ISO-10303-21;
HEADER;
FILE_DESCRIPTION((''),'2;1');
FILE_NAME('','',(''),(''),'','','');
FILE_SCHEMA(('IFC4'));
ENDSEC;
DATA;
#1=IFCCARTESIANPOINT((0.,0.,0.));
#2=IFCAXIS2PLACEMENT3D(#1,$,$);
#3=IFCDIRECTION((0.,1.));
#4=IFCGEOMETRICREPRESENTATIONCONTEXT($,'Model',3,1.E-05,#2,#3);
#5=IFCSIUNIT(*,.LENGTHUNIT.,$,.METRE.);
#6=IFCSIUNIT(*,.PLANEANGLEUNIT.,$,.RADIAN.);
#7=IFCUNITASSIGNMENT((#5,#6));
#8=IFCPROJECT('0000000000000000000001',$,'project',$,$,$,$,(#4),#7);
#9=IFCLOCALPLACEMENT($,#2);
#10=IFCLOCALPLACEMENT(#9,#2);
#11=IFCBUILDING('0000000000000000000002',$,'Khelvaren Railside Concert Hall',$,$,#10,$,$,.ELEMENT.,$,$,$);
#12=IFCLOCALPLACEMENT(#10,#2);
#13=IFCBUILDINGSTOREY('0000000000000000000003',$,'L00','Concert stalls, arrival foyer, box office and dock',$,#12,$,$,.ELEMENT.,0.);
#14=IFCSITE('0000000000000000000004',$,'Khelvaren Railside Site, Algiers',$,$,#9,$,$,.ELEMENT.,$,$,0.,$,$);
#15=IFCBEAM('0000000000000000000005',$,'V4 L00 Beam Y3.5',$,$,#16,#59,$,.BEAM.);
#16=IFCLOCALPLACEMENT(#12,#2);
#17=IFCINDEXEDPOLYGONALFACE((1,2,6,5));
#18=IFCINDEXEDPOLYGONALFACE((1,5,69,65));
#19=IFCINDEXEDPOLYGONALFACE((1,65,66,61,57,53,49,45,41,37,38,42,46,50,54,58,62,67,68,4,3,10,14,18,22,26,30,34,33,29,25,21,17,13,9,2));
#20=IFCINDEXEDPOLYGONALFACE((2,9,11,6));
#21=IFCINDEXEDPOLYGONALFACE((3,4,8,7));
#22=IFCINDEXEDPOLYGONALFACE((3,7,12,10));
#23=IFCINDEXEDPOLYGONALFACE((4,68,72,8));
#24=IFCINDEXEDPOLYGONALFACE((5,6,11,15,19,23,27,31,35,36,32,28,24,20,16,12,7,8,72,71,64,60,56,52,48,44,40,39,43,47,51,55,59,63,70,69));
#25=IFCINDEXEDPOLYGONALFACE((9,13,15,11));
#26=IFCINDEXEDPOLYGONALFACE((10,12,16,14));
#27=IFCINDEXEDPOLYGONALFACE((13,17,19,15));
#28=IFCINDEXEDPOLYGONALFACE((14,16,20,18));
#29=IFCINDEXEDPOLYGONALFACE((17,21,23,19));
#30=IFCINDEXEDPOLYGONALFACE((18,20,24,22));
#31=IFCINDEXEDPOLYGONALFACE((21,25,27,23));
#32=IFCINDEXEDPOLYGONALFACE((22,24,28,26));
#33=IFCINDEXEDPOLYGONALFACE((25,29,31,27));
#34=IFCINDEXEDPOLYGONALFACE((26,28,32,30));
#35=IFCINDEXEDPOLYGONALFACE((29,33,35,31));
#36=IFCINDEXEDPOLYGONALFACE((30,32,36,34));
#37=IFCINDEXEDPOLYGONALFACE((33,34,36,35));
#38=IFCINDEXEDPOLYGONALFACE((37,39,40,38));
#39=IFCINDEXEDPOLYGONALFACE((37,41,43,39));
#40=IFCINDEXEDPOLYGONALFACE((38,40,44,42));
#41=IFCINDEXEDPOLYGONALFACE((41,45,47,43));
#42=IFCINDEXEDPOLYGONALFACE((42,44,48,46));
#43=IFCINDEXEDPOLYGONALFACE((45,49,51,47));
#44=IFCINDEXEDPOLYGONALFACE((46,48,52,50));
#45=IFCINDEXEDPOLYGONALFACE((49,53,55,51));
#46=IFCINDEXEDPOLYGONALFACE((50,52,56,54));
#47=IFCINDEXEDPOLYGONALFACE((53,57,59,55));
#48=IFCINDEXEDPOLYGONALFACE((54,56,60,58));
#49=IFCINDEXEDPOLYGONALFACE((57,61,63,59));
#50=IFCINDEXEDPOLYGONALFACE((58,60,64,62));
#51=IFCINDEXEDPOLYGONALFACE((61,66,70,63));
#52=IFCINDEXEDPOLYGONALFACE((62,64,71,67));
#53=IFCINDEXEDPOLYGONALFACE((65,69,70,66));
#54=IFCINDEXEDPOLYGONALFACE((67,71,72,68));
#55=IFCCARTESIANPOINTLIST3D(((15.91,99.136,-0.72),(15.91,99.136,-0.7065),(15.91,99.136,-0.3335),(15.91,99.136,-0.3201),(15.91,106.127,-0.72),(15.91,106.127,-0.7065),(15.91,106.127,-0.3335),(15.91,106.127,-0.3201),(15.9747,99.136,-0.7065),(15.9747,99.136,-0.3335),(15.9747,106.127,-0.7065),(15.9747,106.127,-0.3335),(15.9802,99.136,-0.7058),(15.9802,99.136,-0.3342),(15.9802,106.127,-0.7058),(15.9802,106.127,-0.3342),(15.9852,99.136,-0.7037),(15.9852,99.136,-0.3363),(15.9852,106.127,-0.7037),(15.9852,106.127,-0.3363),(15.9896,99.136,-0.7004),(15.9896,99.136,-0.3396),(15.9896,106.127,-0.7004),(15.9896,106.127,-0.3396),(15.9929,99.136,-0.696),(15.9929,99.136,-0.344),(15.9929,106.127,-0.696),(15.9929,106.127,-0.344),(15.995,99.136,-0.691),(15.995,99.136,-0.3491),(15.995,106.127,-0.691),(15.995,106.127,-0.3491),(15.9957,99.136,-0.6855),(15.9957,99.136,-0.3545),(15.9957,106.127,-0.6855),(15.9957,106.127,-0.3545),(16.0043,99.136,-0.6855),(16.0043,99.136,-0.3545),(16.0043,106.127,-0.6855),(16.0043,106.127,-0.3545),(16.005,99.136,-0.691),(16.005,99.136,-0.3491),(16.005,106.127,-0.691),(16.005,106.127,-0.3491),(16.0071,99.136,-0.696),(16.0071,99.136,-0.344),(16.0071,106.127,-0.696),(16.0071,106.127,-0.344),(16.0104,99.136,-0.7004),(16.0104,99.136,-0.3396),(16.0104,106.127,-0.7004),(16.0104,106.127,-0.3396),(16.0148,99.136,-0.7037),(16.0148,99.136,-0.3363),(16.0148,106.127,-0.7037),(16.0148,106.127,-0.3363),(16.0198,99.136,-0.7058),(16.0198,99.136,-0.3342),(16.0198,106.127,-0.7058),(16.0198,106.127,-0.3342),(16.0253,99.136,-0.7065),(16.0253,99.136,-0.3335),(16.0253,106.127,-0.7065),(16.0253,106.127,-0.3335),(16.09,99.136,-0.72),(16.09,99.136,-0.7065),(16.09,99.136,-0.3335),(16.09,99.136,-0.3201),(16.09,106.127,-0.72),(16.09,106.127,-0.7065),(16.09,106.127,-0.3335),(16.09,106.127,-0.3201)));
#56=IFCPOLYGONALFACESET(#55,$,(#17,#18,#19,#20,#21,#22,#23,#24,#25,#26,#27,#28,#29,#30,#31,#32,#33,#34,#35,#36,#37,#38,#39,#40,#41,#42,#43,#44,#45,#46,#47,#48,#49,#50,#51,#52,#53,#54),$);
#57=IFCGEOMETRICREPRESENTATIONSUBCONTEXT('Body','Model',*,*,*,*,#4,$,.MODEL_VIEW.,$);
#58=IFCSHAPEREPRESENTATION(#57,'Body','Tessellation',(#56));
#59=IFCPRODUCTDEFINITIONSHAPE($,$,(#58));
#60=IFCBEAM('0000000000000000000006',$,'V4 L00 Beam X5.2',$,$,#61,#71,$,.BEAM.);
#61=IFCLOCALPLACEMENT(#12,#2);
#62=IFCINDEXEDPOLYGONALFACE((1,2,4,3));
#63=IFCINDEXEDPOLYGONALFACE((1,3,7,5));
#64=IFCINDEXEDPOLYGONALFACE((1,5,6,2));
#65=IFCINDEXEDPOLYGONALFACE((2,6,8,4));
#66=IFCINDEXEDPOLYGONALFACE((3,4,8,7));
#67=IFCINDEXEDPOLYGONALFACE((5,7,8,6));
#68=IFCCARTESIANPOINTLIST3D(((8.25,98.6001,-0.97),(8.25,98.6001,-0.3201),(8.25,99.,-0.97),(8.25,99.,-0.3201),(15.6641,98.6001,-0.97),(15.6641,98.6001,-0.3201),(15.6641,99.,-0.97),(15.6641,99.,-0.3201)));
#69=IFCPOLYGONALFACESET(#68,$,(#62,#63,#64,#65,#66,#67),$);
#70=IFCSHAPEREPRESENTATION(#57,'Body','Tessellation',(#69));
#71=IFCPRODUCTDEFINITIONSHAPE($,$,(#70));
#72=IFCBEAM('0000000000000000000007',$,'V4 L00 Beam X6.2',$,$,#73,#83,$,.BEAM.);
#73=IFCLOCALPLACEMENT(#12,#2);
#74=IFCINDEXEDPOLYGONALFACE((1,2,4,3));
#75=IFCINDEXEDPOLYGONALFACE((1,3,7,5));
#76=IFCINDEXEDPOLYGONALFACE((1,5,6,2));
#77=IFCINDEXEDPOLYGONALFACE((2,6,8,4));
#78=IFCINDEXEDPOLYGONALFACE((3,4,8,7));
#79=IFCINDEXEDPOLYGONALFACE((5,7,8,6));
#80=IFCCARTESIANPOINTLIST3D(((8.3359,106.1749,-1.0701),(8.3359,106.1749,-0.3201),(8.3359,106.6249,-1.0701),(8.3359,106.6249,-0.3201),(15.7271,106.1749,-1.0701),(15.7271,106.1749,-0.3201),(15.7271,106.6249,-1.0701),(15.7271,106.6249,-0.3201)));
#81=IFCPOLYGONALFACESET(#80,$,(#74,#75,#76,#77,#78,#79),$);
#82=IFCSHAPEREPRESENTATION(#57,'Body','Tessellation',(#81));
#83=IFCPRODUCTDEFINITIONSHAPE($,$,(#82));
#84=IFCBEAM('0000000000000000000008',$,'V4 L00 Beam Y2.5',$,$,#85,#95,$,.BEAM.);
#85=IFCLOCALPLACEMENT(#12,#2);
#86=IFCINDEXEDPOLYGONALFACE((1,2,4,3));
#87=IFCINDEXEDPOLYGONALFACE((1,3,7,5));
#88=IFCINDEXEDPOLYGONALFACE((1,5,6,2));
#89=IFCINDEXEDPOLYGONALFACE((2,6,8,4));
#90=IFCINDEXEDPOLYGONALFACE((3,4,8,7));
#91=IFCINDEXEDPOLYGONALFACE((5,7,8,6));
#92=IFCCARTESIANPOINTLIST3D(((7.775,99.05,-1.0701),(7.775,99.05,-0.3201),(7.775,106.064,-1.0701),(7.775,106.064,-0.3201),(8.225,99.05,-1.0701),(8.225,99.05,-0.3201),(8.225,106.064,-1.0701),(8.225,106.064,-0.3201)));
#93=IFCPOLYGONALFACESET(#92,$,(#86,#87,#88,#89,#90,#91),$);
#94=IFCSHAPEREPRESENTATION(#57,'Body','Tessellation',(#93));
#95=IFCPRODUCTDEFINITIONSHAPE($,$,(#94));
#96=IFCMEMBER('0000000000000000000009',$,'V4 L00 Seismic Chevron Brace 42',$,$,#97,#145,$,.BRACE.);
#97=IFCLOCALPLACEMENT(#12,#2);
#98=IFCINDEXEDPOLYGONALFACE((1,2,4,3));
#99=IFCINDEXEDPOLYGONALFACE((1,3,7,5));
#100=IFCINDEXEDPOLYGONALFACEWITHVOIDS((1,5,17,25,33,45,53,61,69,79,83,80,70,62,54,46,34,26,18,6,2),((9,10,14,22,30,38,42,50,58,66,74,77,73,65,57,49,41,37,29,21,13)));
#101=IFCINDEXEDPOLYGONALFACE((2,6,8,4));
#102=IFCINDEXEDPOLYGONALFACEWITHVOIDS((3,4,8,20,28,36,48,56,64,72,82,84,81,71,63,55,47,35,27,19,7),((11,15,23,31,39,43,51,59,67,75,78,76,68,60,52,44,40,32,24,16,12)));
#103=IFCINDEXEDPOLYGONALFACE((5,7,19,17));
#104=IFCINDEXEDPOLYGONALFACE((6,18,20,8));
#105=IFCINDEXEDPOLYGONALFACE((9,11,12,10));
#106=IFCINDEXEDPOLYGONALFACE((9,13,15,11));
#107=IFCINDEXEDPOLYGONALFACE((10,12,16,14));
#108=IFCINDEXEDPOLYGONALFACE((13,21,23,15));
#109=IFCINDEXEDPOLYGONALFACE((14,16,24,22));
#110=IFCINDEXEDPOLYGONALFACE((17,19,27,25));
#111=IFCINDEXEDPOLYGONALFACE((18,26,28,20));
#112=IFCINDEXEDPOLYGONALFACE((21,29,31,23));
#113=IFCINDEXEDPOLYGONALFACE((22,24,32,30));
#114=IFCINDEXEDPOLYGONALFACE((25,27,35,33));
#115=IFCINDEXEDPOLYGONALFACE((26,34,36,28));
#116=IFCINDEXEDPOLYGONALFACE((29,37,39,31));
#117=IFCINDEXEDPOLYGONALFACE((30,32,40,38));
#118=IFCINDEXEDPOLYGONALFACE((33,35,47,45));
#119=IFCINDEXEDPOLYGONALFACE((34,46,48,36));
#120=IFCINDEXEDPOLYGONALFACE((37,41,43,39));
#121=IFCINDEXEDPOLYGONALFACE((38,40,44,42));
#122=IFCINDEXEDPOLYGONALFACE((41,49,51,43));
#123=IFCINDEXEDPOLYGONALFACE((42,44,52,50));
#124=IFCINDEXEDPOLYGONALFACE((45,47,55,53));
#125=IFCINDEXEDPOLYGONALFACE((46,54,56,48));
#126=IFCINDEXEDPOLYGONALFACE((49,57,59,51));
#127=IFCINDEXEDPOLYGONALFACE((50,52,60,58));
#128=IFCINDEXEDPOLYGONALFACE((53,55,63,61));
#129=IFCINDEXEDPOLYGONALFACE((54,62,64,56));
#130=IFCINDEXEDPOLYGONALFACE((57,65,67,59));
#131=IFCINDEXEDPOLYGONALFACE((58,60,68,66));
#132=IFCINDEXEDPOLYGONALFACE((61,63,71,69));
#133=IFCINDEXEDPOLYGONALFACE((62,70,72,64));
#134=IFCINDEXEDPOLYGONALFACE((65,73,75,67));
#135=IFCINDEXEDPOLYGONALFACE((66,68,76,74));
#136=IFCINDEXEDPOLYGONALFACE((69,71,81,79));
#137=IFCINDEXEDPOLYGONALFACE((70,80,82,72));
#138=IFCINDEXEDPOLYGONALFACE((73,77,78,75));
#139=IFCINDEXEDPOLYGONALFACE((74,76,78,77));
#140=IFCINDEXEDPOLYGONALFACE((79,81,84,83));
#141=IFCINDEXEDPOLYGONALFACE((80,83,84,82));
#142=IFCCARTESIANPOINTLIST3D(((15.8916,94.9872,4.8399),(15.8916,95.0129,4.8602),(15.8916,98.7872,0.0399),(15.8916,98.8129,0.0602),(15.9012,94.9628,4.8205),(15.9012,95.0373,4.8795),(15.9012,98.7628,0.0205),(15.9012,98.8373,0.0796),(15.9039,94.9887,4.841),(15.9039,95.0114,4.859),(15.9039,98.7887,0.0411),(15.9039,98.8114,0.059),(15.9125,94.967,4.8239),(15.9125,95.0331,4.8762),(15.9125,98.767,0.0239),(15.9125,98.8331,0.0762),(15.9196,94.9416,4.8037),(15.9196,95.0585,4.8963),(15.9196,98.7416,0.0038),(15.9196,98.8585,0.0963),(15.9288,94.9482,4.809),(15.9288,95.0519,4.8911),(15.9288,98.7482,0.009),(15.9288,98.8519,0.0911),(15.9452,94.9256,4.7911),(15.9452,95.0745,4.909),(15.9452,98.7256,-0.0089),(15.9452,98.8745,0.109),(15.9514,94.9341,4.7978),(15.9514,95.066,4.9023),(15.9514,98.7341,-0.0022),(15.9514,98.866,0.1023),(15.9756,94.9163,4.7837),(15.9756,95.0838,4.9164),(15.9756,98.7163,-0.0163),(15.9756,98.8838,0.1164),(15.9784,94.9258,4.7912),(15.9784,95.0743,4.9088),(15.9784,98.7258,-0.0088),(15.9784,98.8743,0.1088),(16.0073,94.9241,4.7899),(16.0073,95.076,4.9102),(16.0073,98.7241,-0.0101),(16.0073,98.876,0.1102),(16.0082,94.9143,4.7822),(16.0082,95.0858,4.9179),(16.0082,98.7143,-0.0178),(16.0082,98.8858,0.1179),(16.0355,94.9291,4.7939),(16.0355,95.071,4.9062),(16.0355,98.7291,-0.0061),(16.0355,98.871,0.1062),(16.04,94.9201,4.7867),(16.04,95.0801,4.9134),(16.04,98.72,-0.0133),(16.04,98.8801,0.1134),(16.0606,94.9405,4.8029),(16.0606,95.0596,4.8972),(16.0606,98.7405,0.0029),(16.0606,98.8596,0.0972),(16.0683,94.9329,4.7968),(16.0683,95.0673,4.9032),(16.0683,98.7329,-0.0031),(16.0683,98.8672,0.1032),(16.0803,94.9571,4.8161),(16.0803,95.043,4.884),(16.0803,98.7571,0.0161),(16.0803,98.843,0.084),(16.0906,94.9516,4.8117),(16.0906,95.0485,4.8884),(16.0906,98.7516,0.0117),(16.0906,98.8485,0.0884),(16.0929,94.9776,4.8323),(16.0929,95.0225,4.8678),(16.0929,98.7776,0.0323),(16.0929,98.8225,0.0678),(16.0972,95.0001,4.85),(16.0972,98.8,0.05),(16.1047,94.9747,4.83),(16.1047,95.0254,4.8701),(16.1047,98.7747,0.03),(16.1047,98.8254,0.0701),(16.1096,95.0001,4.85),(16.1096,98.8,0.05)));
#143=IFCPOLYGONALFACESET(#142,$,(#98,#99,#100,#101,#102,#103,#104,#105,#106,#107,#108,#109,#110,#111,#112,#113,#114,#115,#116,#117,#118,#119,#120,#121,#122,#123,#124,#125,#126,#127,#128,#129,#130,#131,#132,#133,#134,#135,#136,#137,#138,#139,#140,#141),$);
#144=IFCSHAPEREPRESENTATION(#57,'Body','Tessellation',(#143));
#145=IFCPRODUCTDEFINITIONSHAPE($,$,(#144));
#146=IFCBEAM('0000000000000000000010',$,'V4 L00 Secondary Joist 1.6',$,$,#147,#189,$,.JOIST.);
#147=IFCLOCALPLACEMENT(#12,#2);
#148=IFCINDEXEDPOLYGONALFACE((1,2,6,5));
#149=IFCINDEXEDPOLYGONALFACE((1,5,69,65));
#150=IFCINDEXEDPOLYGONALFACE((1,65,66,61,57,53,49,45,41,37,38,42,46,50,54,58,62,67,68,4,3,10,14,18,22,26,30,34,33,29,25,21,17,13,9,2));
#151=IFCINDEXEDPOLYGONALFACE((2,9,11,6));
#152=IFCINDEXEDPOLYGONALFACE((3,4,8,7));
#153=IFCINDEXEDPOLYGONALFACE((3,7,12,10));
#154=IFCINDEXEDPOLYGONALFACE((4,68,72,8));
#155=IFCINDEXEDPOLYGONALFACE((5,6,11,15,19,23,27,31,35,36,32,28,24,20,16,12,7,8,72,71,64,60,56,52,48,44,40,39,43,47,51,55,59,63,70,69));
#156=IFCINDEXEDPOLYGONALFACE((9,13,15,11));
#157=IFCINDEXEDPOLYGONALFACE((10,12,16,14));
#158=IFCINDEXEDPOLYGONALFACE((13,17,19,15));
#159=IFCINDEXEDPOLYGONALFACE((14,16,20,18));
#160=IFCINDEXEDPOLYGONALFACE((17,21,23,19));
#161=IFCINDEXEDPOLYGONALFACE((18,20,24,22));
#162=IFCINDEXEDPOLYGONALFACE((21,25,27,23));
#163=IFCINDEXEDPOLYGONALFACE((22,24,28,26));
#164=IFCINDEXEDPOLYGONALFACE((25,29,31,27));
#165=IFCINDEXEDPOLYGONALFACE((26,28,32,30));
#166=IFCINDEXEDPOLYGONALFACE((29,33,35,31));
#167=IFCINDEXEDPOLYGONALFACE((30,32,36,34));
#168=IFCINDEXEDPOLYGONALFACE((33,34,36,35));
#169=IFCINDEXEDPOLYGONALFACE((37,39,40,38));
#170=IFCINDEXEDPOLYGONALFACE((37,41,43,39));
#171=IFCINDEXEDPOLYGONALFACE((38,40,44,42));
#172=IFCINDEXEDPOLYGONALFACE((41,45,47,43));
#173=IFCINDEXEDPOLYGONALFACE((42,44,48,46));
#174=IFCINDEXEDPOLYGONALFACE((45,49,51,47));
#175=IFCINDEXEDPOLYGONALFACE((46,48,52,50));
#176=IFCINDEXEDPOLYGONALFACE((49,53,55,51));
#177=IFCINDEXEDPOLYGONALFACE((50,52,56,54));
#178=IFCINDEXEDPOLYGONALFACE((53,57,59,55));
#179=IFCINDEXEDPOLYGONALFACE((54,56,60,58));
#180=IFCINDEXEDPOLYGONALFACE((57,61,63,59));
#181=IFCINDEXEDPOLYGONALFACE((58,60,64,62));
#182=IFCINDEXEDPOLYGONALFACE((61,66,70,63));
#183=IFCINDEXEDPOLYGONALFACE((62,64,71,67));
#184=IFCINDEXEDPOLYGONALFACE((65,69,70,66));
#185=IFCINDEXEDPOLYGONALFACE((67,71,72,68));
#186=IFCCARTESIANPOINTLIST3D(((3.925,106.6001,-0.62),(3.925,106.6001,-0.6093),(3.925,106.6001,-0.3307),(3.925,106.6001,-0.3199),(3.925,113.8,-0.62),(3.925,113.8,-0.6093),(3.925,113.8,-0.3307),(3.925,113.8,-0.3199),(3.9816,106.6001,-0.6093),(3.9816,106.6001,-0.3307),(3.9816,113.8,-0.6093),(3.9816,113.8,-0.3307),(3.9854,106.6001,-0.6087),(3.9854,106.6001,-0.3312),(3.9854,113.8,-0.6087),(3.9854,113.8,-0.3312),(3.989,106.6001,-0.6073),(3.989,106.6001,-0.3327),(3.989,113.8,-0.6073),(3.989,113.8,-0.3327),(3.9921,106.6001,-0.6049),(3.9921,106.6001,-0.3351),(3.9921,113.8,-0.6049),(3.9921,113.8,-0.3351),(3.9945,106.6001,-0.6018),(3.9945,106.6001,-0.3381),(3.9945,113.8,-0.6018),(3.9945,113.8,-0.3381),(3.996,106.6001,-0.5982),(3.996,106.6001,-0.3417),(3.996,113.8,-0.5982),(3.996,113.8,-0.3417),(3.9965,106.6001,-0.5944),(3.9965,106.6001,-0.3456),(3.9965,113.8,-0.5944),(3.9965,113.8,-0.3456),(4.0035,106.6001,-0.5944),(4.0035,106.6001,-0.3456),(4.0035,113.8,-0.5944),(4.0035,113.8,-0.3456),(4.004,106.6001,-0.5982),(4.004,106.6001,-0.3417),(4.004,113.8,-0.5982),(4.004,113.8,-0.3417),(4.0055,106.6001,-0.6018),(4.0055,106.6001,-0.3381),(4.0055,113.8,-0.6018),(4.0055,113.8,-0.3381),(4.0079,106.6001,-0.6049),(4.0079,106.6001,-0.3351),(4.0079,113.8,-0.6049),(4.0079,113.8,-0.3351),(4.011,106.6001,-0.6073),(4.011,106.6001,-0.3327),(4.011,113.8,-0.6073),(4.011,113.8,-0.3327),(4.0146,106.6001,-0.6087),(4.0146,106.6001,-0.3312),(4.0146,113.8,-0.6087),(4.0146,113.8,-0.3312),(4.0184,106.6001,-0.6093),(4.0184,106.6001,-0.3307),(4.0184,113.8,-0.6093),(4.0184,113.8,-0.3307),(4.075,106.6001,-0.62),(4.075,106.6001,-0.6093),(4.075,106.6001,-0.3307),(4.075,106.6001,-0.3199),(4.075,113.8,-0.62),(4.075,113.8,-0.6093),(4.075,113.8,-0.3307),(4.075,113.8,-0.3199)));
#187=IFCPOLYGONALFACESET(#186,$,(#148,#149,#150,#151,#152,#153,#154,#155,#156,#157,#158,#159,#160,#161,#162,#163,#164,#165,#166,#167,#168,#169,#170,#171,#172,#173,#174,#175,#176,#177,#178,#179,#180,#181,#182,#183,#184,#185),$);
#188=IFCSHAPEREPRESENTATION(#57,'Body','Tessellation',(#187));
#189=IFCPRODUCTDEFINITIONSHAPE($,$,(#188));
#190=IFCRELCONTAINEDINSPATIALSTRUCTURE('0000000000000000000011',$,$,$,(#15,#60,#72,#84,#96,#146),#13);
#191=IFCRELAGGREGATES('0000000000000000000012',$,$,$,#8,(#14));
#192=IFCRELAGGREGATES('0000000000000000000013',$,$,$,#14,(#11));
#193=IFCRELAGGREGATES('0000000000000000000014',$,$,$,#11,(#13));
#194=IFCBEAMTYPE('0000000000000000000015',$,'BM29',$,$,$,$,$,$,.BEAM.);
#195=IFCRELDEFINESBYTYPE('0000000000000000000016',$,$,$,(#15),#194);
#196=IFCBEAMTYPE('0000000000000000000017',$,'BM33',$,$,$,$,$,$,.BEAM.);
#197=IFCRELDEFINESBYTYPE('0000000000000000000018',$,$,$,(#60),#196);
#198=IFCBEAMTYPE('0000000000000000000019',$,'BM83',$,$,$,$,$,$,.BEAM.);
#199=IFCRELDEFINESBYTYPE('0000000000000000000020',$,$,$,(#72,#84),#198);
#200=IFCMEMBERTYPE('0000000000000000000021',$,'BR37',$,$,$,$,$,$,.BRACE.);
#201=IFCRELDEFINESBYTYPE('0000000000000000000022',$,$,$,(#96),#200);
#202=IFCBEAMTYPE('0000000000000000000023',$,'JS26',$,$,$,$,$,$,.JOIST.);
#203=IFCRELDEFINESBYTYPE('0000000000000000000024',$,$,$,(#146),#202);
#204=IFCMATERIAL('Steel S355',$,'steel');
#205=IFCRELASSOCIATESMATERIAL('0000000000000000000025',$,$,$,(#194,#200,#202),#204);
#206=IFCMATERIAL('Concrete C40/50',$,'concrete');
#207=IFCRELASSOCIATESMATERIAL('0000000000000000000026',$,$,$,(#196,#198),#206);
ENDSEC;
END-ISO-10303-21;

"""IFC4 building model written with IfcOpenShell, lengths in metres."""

from ifc_helpers import new_model, si_unit, direction, frame, origin, origin_2d, place, context, subcontext, project, spatial, rectangle, hollow_circle, i_section, extrude, material, material_profile, profile_set, type_object, element, save


model = new_model("IFC4")

# Units and contexts
model_context = context("Model", 3, precision=1e-05, world=origin(), true_north=direction((0.0, 1.0)))
body_context = subcontext(model_context, "Body", "Model", "MODEL_VIEW")
ifc_project = project(units=[si_unit("LENGTHUNIT", "METRE"), si_unit("PLANEANGLEUNIT", "RADIAN")], contexts=[model_context])

# Site, building, storey
site_placement = place(None, origin())
site = spatial("IfcSite", under=ifc_project, at=site_placement, Name="Khelvaren Railside Site, Algiers", CompositionType="ELEMENT", RefElevation=0.0)
building_placement = place(site_placement, origin())
building = spatial("IfcBuilding", under=site, at=building_placement, Name="Khelvaren Railside Concert Hall", CompositionType="ELEMENT")
storey_placement = place(building_placement, origin())
storey = spatial("IfcBuildingStorey", under=building, at=storey_placement, Name="L00", Description="Concert stalls, arrival foyer, box office and dock", CompositionType="ELEMENT", Elevation=0.0)

# Beams
ifc_material_1 = material(Name="Steel S355", Category="steel")
ifc_material_profile_1 = material_profile(ifc_material_1, i_section(OverallWidth=0.1799, OverallDepth=0.3999, WebThickness=0.0085, FlangeThickness=0.0134, FilletRadius=0.021, at=origin_2d()), Name="IPE 400")
ifc_profile_set_1 = profile_set([ifc_material_profile_1], Name="Steel S355")
beam_type_1 = type_object("IfcBeamType", Name="BM29", PredefinedType="BEAM", material=ifc_profile_set_1)
beam_1_placement = place(storey_placement, frame((16.0, 99.136, -0.52), z_axis=(0.0, 1.0, 0.0), x_axis=(-1.0, 0.0, 0.0)))
element("IfcBeam", 1, at=beam_1_placement, inside=storey, type_object=beam_type_1, Name="V4 L00 Beam Y3.5", PredefinedType="BEAM", context=body_context, shape_type="SweptSolid", body=[
    extrude(i_section(OverallWidth=0.1799, OverallDepth=0.3999, WebThickness=0.0085, FlangeThickness=0.0134, FilletRadius=0.021, at=origin_2d()), origin(), (0.0, 0.0, 1.0), 6.991),
])
ifc_material_2 = material(Name="Concrete C40/50", Category="concrete")
ifc_material_profile_2 = material_profile(ifc_material_2, rectangle(XDim=0.3999, YDim=0.6499, at=origin_2d()), Name="RCB 400x650")
ifc_profile_set_2 = profile_set([ifc_material_profile_2], Name="Concrete C40/50")
beam_type_2 = type_object("IfcBeamType", Name="BM33", PredefinedType="BEAM", material=ifc_profile_set_2)
beam_2_placement = place(storey_placement, frame((8.25, 98.8, -0.645), z_axis=(1.0, 0.0, 0.0), x_axis=(0.0, 1.0, 0.0)))
element("IfcBeam", 2, at=beam_2_placement, inside=storey, type_object=beam_type_2, Name="V4 L00 Beam X5.2", PredefinedType="BEAM", context=body_context, shape_type="SweptSolid", body=[
    extrude(rectangle(XDim=0.3999, YDim=0.6499, at=origin_2d()), origin(), (0.0, 0.0, 1.0), 7.4141),
])
ifc_material_profile_3 = material_profile(ifc_material_2, rectangle(XDim=0.45, YDim=0.75, at=origin_2d()), Name="RCB 450x750")
ifc_profile_set_3 = profile_set([ifc_material_profile_3], Name="Concrete C40/50")
beam_type_3 = type_object("IfcBeamType", Name="BM83", PredefinedType="BEAM", material=ifc_profile_set_3)
beam_3_placement = place(storey_placement, frame((8.3359, 106.3999, -0.6951), z_axis=(1.0, 0.0, 0.0), x_axis=(0.0, 1.0, 0.0)))
element("IfcBeam", 3, at=beam_3_placement, inside=storey, type_object=beam_type_3, Name="V4 L00 Beam X6.2", PredefinedType="BEAM", context=body_context, shape_type="SweptSolid", body=[
    extrude(rectangle(XDim=0.45, YDim=0.75, at=origin_2d()), origin(), (0.0, 0.0, 1.0), 7.3911),
])
beam_4_placement = place(storey_placement, frame((8.0, 99.05, -0.6951), z_axis=(0.0, 1.0, 0.0), x_axis=(-1.0, 0.0, 0.0)))
element("IfcBeam", 4, at=beam_4_placement, inside=storey, type_object=beam_type_3, Name="V4 L00 Beam Y2.5", PredefinedType="BEAM", context=body_context, shape_type="SweptSolid", body=[
    extrude(rectangle(XDim=0.45, YDim=0.75, at=origin_2d()), origin(), (0.0, 0.0, 1.0), 7.0139),
])

# Member
ifc_material_profile_4 = material_profile(ifc_material_1, hollow_circle(Radius=0.1096, WallThickness=0.0125, at=origin_2d()), Name="CHS 219.1x12.5")
ifc_profile_set_4 = profile_set([ifc_material_profile_4], Name="Steel S355")
member_type = type_object("IfcMemberType", Name="BR37", PredefinedType="BRACE", material=ifc_profile_set_4)
member_placement = place(storey_placement, frame((16.0, 98.8, 0.05), z_axis=(0.0, -0.620704, 0.784045), x_axis=(1.0, 0.0, 0.0)))
element("IfcMember", 5, at=member_placement, inside=storey, type_object=member_type, Name="V4 L00 Seismic Chevron Brace 42", PredefinedType="BRACE", context=body_context, shape_type="SweptSolid", body=[
    extrude(hollow_circle(Radius=0.1096, WallThickness=0.0125, at=origin_2d()), origin(), (0.0, 0.0, 1.0), 6.1221),
])

# Beam
ifc_material_profile_5 = material_profile(ifc_material_1, i_section(OverallWidth=0.1499, OverallDepth=0.3, WebThickness=0.0071, FlangeThickness=0.0107, FilletRadius=0.0149, at=origin_2d()), Name="IPE 300")
ifc_profile_set_5 = profile_set([ifc_material_profile_5], Name="Steel S355")
beam_type_4 = type_object("IfcBeamType", Name="JS26", PredefinedType="JOIST", material=ifc_profile_set_5)
beam_5_placement = place(storey_placement, frame((4.0, 106.6001, -0.47), z_axis=(0.0, 1.0, 0.0), x_axis=(-1.0, 0.0, 0.0)))
element("IfcBeam", 6, at=beam_5_placement, inside=storey, type_object=beam_type_4, Name="V4 L00 Secondary Joist 1.6", PredefinedType="JOIST", context=body_context, shape_type="SweptSolid", body=[
    extrude(i_section(OverallWidth=0.1499, OverallDepth=0.3, WebThickness=0.0071, FlangeThickness=0.0107, FilletRadius=0.0149, at=origin_2d()), origin(), (0.0, 0.0, 1.0), 7.2),
])

save(model, "model.ifc")
